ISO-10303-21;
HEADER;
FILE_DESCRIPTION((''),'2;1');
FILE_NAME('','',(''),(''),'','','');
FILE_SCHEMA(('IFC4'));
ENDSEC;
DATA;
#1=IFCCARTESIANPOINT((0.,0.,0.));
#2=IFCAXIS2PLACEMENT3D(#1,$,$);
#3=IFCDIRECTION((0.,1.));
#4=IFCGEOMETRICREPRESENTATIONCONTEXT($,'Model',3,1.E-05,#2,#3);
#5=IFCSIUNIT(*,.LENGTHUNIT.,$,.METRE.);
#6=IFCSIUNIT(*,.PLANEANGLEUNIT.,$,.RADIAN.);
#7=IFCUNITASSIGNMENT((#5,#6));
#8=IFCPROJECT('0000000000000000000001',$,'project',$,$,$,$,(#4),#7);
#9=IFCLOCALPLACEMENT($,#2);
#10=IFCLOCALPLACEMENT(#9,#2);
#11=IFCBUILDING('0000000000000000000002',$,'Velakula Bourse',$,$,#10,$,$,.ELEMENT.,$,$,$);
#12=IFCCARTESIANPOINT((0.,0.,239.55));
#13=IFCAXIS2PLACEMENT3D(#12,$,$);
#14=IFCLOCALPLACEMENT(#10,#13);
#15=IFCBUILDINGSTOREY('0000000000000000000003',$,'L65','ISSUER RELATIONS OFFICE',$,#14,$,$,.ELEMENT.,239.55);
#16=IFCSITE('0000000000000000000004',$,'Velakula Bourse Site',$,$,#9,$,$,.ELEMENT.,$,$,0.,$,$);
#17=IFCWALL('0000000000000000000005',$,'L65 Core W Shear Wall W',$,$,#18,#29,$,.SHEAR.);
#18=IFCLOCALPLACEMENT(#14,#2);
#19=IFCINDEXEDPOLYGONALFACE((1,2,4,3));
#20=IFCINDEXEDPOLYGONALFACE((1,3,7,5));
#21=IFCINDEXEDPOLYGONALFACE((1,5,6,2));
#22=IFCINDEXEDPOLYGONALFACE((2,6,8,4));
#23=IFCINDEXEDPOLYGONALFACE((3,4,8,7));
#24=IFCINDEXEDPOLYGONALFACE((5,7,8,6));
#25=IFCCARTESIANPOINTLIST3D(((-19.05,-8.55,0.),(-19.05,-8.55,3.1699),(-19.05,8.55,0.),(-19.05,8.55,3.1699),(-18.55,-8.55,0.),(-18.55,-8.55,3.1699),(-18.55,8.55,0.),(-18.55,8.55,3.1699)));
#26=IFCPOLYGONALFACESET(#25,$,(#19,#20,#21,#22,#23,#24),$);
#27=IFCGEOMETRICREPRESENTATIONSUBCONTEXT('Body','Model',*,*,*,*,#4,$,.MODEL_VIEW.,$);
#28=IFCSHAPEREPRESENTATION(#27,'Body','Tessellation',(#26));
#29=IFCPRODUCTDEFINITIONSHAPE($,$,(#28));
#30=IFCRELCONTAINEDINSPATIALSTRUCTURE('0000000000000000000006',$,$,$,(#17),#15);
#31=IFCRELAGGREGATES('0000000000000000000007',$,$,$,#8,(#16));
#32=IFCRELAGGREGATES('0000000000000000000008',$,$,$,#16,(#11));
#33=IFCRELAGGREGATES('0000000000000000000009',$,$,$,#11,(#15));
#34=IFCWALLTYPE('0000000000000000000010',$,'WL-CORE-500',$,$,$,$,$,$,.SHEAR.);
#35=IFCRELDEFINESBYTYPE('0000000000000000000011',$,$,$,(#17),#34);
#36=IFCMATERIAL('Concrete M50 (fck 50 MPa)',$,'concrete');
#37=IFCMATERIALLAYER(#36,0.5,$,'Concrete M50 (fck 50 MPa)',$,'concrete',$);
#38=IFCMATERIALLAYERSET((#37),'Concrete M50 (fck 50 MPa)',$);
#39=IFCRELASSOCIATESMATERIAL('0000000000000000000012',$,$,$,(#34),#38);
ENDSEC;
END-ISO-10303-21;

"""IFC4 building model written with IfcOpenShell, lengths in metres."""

from ifc_helpers import new_model, si_unit, direction, frame, frame_2d, origin, place, context, subcontext, project, spatial, rectangle, extrude, material, layer, layer_set, type_object, element, save


model = new_model("IFC4")

# Units and contexts
model_context = context("Model", 3, precision=1e-05, world=origin(), true_north=direction((0.0, 1.0)))
body_context = subcontext(model_context, "Body", "Model", "MODEL_VIEW")
ifc_project = project(units=[si_unit("LENGTHUNIT", "METRE"), si_unit("PLANEANGLEUNIT", "RADIAN")], contexts=[model_context])

# Site, building, storey
site_placement = place(None, origin())
site = spatial("IfcSite", under=ifc_project, at=site_placement, Name="Velakula Bourse Site", CompositionType="ELEMENT", RefElevation=0.0)
building_placement = place(site_placement, origin())
building = spatial("IfcBuilding", under=site, at=building_placement, Name="Velakula Bourse", CompositionType="ELEMENT")
storey_placement = place(building_placement, frame((0.0, 0.0, 239.55)))
storey = spatial("IfcBuildingStorey", under=building, at=storey_placement, Name="L65", Description="ISSUER RELATIONS OFFICE", CompositionType="ELEMENT", Elevation=239.55)

# Wall
ifc_material_1 = material(Name="Concrete M50 (fck 50 MPa)", Category="concrete")
ifc_layer = layer(ifc_material_1, 0.5, Name="Concrete M50 (fck 50 MPa)", Category="concrete")
ifc_layer_set = layer_set([ifc_layer], Name="Concrete M50 (fck 50 MPa)")
wall_type = type_object("IfcWallType", Name="WL-CORE-500", PredefinedType="SHEAR", material=ifc_layer_set)
wall_placement = place(storey_placement, frame((-18.8, -8.55, 0.0), z_axis=(0.0, 0.0, 1.0), x_axis=(0.0, 1.0, 0.0)))
element("IfcWall", 1, at=wall_placement, inside=storey, type_object=wall_type, Name="L65 Core W Shear Wall W", PredefinedType="SHEAR", context=body_context, shape_type="SweptSolid", body=[
    extrude(rectangle(XDim=17.1001, YDim=0.5, at=frame_2d((8.55, 0.0))), origin(), (0.0, 0.0, 1.0), 3.1699),
])

save(model, "model.ifc")
